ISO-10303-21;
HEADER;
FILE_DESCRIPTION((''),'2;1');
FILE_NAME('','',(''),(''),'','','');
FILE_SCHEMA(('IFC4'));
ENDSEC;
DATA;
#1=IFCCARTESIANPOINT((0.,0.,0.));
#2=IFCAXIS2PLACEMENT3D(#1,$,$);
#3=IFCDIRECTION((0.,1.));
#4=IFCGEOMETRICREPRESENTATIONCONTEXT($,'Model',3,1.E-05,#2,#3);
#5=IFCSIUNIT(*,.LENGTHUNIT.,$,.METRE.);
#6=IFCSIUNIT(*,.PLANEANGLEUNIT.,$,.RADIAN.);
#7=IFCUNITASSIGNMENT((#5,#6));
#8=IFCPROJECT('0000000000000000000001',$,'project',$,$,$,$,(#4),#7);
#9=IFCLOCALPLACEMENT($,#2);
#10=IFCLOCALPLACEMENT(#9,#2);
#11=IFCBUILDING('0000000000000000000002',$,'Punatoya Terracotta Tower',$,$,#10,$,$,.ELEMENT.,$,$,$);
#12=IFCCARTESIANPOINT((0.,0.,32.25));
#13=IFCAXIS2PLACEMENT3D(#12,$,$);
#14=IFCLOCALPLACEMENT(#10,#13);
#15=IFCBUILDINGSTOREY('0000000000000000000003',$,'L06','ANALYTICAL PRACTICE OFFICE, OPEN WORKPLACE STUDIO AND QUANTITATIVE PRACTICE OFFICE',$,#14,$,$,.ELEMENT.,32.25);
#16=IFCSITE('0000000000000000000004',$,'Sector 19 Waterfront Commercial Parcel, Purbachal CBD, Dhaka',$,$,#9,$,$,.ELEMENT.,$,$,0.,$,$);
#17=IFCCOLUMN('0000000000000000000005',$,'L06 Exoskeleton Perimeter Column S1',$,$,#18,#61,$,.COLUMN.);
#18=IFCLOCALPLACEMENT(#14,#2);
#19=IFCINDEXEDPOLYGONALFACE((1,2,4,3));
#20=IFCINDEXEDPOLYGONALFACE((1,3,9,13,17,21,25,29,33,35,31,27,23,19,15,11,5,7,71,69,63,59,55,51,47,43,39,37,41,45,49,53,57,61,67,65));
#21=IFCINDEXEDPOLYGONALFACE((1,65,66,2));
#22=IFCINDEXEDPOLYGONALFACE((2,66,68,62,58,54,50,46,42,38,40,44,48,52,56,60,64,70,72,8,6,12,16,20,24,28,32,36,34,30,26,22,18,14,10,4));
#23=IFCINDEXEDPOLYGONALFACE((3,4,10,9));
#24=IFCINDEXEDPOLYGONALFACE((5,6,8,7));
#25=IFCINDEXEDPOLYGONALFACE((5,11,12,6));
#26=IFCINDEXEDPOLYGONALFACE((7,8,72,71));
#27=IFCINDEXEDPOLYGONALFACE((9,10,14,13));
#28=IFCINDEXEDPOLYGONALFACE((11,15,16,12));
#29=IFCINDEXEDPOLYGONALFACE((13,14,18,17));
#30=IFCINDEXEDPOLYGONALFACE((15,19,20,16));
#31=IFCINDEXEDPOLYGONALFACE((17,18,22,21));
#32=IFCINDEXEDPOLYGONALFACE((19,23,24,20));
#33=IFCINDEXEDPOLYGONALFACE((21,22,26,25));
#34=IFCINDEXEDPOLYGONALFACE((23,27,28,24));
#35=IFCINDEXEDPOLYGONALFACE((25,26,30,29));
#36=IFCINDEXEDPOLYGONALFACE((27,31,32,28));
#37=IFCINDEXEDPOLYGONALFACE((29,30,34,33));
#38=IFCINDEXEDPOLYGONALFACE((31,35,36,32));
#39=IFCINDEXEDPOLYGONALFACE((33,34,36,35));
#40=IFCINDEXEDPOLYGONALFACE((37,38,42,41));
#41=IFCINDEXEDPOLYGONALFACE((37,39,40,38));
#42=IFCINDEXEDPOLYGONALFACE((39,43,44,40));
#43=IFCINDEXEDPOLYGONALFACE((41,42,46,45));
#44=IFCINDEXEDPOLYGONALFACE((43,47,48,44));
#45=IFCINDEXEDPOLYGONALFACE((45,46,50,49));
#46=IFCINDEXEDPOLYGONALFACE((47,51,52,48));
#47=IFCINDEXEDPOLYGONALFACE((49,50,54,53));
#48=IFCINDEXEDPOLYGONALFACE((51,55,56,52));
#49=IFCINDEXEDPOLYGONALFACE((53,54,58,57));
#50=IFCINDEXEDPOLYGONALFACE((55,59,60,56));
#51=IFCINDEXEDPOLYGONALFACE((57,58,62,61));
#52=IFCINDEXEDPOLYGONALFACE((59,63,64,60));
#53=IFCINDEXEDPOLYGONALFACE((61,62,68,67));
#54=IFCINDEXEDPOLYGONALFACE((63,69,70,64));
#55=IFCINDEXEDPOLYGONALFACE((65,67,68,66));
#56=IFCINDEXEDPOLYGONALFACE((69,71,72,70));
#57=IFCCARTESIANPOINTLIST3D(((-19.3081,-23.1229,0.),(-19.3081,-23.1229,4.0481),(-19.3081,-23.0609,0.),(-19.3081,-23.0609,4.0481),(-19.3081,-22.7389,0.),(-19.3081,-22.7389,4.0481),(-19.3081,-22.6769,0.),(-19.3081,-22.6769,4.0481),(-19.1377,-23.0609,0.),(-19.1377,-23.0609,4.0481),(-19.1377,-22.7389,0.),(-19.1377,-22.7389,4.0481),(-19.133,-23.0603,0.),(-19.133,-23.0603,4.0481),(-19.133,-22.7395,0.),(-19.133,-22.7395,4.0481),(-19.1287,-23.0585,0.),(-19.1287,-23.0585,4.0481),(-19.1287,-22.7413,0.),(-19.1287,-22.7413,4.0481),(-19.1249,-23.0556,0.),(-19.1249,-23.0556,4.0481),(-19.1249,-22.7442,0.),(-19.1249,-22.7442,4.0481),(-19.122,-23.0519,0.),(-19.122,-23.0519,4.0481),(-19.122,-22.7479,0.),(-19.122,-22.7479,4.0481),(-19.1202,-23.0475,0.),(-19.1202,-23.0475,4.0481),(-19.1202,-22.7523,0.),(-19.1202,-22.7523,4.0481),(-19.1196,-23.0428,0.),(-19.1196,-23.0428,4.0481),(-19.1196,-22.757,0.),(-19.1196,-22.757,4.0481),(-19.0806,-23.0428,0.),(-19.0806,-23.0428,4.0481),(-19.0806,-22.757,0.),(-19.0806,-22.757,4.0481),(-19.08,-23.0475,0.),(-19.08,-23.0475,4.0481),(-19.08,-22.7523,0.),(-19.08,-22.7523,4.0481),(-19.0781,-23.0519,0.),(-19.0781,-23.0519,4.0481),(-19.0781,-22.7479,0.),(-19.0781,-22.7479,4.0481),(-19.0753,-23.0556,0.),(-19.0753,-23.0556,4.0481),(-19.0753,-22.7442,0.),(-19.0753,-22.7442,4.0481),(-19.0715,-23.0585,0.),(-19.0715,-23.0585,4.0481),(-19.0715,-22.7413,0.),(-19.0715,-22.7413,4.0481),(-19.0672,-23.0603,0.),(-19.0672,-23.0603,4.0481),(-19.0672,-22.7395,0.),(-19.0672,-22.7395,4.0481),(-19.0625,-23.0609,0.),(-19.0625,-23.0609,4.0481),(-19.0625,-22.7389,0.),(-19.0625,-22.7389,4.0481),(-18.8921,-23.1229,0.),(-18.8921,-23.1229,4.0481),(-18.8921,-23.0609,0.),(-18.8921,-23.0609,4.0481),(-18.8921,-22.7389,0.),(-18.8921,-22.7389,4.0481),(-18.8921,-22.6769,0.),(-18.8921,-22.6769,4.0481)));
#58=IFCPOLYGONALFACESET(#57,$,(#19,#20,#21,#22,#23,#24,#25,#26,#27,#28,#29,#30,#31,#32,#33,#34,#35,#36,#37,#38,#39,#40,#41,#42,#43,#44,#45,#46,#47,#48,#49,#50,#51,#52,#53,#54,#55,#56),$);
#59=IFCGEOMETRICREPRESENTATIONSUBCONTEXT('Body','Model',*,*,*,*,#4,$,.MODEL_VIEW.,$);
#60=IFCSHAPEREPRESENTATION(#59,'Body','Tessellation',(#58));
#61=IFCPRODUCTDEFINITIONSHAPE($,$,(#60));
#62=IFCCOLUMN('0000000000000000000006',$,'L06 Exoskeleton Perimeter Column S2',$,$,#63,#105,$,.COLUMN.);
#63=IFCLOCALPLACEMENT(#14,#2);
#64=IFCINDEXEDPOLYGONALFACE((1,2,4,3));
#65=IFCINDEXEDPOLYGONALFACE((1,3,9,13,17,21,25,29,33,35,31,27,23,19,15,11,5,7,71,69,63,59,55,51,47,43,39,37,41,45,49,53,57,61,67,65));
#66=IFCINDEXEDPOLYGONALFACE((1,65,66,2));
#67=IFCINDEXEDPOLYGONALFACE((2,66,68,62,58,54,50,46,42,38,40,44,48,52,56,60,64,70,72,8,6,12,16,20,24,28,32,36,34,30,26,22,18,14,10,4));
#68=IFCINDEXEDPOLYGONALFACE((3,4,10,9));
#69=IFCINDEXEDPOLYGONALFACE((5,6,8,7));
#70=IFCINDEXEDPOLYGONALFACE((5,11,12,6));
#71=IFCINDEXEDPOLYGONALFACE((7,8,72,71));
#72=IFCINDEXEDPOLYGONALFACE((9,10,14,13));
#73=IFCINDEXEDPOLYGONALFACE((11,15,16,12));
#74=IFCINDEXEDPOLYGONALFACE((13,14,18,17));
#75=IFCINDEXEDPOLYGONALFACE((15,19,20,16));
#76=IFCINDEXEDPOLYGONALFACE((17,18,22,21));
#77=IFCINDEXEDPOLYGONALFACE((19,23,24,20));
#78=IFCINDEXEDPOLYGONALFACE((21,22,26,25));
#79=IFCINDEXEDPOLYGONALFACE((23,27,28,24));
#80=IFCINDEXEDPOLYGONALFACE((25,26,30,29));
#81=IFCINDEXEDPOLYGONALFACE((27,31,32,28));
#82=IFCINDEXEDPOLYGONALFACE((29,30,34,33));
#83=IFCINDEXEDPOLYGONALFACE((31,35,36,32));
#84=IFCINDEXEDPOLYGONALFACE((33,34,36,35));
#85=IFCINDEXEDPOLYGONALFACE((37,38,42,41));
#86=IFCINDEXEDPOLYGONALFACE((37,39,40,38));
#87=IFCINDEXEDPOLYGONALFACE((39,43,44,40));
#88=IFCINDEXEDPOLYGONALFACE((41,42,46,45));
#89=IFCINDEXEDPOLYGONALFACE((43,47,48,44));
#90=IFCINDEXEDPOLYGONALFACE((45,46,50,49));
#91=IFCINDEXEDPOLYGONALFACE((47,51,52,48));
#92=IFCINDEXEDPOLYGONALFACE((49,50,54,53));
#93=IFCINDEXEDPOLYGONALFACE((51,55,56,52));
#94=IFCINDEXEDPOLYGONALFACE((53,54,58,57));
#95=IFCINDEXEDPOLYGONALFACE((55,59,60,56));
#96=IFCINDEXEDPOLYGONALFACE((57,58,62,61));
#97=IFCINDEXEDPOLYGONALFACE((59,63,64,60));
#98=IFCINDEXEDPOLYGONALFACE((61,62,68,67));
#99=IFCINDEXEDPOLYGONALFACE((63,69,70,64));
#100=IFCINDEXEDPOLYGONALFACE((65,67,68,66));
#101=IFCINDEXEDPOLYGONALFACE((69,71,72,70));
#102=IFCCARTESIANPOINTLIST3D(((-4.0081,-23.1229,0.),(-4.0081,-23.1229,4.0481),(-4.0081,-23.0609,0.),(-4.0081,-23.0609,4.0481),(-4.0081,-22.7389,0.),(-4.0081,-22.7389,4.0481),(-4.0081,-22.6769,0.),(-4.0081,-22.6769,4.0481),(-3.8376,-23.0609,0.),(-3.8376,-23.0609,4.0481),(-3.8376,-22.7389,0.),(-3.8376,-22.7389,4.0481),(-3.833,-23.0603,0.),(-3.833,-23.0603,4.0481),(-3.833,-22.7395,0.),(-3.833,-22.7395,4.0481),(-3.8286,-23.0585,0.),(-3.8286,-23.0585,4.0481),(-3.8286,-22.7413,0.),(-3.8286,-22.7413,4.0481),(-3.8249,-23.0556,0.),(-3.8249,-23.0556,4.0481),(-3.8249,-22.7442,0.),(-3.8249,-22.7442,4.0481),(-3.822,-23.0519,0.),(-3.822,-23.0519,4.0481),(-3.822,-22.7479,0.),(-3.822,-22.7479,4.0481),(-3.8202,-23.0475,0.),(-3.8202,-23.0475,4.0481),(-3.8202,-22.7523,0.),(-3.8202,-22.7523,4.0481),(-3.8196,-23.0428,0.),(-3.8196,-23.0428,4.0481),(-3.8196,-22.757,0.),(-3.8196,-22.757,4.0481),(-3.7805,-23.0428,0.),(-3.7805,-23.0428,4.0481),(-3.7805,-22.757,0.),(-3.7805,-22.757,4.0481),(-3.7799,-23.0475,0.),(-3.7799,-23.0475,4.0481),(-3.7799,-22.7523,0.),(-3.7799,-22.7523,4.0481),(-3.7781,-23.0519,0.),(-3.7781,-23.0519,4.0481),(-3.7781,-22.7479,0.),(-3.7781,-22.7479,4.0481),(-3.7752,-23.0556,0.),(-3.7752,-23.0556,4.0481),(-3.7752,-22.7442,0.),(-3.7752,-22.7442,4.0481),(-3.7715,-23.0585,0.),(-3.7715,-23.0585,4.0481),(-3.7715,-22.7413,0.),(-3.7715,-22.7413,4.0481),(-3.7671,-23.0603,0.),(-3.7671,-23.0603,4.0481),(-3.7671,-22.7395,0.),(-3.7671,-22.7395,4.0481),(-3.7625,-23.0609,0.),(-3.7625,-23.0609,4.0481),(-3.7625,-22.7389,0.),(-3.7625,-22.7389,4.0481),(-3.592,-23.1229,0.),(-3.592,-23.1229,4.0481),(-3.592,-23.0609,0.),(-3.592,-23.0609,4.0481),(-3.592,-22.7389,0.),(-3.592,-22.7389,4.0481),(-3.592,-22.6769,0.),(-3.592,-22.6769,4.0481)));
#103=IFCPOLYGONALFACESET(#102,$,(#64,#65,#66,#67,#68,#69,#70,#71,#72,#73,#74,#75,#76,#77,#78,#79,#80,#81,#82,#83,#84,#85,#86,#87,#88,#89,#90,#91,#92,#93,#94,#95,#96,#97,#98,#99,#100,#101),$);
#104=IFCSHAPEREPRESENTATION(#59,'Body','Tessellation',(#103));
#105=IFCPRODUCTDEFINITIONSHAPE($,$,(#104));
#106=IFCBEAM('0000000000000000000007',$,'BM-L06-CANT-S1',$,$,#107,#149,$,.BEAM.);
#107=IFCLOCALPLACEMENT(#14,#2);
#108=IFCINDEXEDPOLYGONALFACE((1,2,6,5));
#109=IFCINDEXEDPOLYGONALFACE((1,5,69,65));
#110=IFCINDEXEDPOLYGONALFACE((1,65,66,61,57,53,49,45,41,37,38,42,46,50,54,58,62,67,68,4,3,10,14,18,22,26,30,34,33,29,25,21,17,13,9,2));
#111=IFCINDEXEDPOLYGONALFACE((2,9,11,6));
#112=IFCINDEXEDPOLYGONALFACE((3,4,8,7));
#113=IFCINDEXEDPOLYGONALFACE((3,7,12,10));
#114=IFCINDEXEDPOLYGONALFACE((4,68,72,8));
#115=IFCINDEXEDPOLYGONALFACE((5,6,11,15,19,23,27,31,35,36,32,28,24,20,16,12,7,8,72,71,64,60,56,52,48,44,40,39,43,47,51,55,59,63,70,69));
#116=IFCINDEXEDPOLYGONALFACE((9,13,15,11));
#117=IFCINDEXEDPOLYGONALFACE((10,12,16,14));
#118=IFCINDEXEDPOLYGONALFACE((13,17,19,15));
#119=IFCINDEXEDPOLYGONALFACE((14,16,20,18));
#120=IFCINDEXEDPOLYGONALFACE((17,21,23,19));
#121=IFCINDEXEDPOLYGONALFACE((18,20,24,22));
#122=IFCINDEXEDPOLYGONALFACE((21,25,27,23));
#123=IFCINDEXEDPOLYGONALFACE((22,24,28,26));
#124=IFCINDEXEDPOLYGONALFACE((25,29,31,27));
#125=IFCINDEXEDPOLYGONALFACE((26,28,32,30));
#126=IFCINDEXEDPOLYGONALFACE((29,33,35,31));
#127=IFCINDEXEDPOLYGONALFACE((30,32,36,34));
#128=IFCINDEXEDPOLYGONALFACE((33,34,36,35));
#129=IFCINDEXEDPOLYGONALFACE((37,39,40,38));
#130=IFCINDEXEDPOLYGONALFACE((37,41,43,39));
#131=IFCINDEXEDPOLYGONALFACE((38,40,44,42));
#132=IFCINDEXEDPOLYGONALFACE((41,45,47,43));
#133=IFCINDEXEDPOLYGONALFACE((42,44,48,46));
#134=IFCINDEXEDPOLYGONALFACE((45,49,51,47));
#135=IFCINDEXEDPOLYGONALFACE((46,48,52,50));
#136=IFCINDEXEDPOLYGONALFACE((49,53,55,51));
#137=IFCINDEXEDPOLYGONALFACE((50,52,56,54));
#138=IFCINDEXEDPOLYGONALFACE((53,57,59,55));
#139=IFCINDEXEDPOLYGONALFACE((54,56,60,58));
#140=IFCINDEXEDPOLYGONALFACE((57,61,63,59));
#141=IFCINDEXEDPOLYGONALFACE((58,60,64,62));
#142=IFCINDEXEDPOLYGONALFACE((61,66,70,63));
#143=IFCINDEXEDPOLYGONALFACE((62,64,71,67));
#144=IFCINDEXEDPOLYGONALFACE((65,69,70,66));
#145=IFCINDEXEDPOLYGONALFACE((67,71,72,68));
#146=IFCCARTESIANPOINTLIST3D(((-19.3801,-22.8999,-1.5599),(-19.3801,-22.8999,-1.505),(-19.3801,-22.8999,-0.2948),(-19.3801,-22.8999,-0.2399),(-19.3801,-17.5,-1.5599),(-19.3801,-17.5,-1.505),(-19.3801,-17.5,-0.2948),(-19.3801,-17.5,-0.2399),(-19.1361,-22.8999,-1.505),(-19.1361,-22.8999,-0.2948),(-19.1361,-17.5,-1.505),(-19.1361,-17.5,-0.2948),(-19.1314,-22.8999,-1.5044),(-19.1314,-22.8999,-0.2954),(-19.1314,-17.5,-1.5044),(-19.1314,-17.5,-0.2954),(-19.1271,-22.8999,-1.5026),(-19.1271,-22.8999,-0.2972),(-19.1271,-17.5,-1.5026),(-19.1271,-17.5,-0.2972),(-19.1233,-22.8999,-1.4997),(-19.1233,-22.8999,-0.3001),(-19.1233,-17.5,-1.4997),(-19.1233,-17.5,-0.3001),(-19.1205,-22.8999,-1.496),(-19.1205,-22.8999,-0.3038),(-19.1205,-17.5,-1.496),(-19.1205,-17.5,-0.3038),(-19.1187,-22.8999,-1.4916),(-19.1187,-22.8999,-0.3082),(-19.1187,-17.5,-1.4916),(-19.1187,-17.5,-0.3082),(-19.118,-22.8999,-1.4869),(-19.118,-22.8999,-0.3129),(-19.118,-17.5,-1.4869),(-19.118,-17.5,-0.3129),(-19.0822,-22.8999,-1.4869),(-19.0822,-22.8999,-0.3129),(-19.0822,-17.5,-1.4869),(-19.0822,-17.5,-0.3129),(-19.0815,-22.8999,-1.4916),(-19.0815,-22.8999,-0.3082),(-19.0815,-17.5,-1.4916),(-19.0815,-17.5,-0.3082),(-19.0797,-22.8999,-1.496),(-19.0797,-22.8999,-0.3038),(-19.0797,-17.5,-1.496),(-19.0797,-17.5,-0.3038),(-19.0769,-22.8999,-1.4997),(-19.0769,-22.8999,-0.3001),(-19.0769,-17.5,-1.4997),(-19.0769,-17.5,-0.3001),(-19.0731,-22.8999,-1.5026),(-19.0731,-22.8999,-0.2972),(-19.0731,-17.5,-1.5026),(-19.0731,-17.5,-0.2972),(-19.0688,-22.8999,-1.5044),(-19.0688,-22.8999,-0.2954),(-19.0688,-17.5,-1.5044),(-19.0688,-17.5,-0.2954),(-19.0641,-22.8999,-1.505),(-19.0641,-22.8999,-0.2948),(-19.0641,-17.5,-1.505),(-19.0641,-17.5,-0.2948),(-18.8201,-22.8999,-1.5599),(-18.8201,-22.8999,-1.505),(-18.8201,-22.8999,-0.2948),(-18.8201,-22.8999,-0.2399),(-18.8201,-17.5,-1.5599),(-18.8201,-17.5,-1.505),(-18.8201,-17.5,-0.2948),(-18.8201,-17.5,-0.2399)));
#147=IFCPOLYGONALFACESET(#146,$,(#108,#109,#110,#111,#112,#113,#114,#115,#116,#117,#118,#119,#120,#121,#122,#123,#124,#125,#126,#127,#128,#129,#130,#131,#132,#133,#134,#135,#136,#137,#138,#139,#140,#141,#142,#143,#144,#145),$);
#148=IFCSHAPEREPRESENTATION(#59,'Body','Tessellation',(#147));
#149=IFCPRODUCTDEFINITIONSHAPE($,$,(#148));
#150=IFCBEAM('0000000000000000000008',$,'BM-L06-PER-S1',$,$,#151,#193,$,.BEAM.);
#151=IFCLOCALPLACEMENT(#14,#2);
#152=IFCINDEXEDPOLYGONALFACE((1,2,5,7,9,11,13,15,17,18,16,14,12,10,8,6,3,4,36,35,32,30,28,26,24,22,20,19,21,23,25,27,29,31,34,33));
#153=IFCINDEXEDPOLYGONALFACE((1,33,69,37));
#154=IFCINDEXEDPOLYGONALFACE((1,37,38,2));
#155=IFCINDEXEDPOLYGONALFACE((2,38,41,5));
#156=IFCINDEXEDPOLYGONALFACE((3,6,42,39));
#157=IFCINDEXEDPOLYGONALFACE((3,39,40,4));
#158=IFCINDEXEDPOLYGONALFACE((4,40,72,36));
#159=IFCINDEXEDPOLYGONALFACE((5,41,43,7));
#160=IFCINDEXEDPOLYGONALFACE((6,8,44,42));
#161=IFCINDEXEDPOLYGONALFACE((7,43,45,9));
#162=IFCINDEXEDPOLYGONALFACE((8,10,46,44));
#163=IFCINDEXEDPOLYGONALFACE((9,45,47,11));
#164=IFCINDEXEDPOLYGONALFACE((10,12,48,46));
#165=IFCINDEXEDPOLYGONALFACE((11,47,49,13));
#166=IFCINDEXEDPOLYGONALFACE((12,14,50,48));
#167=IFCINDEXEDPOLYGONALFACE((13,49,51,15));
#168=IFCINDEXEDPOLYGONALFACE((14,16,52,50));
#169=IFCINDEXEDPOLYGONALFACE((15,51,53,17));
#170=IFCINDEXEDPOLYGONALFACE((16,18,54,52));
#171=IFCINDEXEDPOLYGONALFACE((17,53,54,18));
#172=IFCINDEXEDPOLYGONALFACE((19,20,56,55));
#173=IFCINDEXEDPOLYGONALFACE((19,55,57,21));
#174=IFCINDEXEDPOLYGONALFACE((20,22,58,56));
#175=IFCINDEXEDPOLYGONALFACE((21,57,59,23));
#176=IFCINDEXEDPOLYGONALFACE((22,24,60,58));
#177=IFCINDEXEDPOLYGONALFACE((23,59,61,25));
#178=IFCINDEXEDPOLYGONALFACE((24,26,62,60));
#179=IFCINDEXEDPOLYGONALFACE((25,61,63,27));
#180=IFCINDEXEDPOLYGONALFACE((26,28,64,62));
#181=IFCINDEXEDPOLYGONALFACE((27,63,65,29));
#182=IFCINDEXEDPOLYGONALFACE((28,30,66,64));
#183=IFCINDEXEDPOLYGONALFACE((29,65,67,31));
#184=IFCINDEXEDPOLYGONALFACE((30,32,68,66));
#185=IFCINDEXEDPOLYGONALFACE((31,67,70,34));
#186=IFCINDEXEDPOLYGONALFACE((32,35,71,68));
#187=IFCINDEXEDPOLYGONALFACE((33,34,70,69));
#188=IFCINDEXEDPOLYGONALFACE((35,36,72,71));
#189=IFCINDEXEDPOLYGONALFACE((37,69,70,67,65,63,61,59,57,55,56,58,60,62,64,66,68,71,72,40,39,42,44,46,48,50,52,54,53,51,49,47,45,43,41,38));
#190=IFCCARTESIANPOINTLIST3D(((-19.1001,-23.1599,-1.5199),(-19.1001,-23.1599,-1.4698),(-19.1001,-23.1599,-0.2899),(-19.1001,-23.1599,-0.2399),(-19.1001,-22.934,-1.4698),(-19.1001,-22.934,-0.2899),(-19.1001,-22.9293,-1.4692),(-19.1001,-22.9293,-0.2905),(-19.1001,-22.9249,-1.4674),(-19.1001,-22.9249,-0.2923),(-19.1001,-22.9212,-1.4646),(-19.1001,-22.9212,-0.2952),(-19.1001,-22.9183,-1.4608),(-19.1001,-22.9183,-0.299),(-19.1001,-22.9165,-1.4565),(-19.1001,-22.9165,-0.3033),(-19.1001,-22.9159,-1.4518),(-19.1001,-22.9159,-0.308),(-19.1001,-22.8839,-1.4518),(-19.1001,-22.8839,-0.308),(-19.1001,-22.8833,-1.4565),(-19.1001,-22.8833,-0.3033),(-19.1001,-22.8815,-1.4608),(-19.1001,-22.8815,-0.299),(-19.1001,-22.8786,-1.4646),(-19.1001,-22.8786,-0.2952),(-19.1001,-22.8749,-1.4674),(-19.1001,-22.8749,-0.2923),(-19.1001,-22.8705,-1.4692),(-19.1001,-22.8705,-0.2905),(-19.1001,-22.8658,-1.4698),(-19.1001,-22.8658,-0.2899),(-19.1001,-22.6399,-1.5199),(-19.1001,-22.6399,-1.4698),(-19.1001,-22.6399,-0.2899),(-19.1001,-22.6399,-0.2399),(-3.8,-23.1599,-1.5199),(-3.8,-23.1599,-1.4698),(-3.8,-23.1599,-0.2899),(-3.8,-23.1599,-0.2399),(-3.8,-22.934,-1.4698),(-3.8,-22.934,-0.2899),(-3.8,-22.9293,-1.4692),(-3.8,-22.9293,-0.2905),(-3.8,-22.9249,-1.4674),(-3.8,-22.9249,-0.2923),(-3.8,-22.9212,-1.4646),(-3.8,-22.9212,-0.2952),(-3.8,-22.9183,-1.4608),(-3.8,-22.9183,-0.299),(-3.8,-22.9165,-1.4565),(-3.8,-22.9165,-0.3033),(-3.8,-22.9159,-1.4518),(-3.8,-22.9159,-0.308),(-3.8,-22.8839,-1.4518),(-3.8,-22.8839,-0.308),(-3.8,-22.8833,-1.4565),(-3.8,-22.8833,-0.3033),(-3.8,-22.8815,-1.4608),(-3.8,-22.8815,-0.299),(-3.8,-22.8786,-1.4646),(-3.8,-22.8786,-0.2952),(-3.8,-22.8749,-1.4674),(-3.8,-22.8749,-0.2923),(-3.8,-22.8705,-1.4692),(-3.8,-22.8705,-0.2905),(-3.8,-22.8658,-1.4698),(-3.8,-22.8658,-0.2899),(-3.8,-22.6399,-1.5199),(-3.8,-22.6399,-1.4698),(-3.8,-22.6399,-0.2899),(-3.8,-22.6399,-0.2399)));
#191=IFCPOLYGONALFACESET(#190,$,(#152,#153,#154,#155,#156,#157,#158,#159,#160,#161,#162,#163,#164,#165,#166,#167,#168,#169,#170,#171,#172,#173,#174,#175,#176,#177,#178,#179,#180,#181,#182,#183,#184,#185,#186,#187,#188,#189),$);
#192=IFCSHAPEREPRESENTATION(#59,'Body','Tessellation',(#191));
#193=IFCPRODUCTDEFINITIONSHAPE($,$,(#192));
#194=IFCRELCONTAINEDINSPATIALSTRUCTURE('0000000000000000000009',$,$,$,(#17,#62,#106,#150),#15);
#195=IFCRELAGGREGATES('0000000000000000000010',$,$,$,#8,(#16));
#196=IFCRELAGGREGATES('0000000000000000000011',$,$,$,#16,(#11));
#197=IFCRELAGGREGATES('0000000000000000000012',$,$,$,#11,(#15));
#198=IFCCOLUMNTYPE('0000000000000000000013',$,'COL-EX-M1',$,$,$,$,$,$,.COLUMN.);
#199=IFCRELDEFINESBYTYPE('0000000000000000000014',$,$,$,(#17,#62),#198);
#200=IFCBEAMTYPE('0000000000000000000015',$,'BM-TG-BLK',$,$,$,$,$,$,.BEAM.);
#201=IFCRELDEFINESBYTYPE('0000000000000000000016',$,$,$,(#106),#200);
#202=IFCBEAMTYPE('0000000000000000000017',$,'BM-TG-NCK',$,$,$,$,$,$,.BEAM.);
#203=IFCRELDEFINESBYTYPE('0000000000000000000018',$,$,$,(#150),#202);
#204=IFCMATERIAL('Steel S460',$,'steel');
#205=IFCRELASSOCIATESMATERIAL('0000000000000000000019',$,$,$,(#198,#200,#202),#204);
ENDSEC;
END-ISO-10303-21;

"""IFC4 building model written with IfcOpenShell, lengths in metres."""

from ifc_helpers import new_model, si_unit, direction, frame, origin, origin_2d, place, context, subcontext, project, spatial, i_section, extrude, material, material_profile, profile_set, type_object, element, save


model = new_model("IFC4")

# Units and contexts
model_context = context("Model", 3, precision=1e-05, world=origin(), true_north=direction((0.0, 1.0)))
body_context = subcontext(model_context, "Body", "Model", "MODEL_VIEW")
ifc_project = project(units=[si_unit("LENGTHUNIT", "METRE"), si_unit("PLANEANGLEUNIT", "RADIAN")], contexts=[model_context])

# Site, building, storey
site_placement = place(None, origin())
site = spatial("IfcSite", under=ifc_project, at=site_placement, Name="Sector 19 Waterfront Commercial Parcel, Purbachal CBD, Dhaka", CompositionType="ELEMENT", RefElevation=0.0)
building_placement = place(site_placement, origin())
building = spatial("IfcBuilding", under=site, at=building_placement, Name="Punatoya Terracotta Tower", CompositionType="ELEMENT")
storey_placement = place(building_placement, frame((0.0, 0.0, 32.25)))
storey = spatial("IfcBuildingStorey", under=building, at=storey_placement, Name="L06", Description="ANALYTICAL PRACTICE OFFICE, OPEN WORKPLACE STUDIO AND QUANTITATIVE PRACTICE OFFICE", CompositionType="ELEMENT", Elevation=32.25)

# Columns
ifc_material_1 = material(Name="Steel S460", Category="steel")
ifc_material_profile_1 = material_profile(ifc_material_1, i_section(OverallWidth=0.416, OverallDepth=0.446, WebThickness=0.0391, FlangeThickness=0.062, FilletRadius=0.0181, at=origin_2d()))
ifc_profile_set_1 = profile_set([ifc_material_profile_1], Name="Steel S460")
column_type = type_object("IfcColumnType", Name="COL-EX-M1", PredefinedType="COLUMN", material=ifc_profile_set_1)
for number, where, z_axis, x_axis, name in (
    (1, (-19.1001, -22.8999, 0.0), (0.0, 0.0, 1.0), (1.0, 0.0, 0.0), "L06 Exoskeleton Perimeter Column S1"),
    (2, (-3.8, -22.8999, 0.0), (0.0, 0.0, 1.0), (1.0, 0.0, 0.0), "L06 Exoskeleton Perimeter Column S2"),
):
    element("IfcColumn", number, at=place(storey_placement, frame(where, z_axis=z_axis, x_axis=x_axis)), inside=storey, type_object=column_type, Name=name, PredefinedType="COLUMN", context=body_context, shape_type="SweptSolid", body=[
        extrude(i_section(OverallWidth=0.416, OverallDepth=0.446, WebThickness=0.0391, FlangeThickness=0.062, FilletRadius=0.0181, at=origin_2d()), origin(), (0.0, 0.0, 1.0), 4.0481),
    ])

# Beams
ifc_material_profile_2 = material_profile(ifc_material_1, i_section(OverallWidth=0.5601, OverallDepth=1.3201, WebThickness=0.0359, FlangeThickness=0.0549, FilletRadius=0.0181, at=origin_2d()))
ifc_profile_set_2 = profile_set([ifc_material_profile_2], Name="Steel S460")
beam_type_1 = type_object("IfcBeamType", Name="BM-TG-BLK", PredefinedType="BEAM", material=ifc_profile_set_2)
beam_1_placement = place(storey_placement, frame((-19.1001, -22.8999, -0.8999), z_axis=(0.0, 1.0, 0.0), x_axis=(-1.0, 0.0, 0.0)))
element("IfcBeam", 3, at=beam_1_placement, inside=storey, type_object=beam_type_1, Name="BM-L06-CANT-S1", PredefinedType="BEAM", context=body_context, shape_type="SweptSolid", body=[
    extrude(i_section(OverallWidth=0.5601, OverallDepth=1.3201, WebThickness=0.0359, FlangeThickness=0.0549, FilletRadius=0.0181, at=origin_2d()), origin(), (0.0, 0.0, 1.0), 5.3999),
])
ifc_material_profile_3 = material_profile(ifc_material_1, i_section(OverallWidth=0.52, OverallDepth=1.28, WebThickness=0.032, FlangeThickness=0.05, FilletRadius=0.0181, at=origin_2d()))
ifc_profile_set_3 = profile_set([ifc_material_profile_3], Name="Steel S460")
beam_type_2 = type_object("IfcBeamType", Name="BM-TG-NCK", PredefinedType="BEAM", material=ifc_profile_set_3)
beam_2_placement = place(storey_placement, frame((-19.1001, -22.8999, -0.8799), z_axis=(1.0, 0.0, 0.0), x_axis=(0.0, 1.0, 0.0)))
element("IfcBeam", 4, at=beam_2_placement, inside=storey, type_object=beam_type_2, Name="BM-L06-PER-S1", PredefinedType="BEAM", context=body_context, shape_type="SweptSolid", body=[
    extrude(i_section(OverallWidth=0.52, OverallDepth=1.28, WebThickness=0.032, FlangeThickness=0.05, FilletRadius=0.0181, at=origin_2d()), origin(), (0.0, 0.0, 1.0), 15.3),
])

save(model, "model.ifc")
